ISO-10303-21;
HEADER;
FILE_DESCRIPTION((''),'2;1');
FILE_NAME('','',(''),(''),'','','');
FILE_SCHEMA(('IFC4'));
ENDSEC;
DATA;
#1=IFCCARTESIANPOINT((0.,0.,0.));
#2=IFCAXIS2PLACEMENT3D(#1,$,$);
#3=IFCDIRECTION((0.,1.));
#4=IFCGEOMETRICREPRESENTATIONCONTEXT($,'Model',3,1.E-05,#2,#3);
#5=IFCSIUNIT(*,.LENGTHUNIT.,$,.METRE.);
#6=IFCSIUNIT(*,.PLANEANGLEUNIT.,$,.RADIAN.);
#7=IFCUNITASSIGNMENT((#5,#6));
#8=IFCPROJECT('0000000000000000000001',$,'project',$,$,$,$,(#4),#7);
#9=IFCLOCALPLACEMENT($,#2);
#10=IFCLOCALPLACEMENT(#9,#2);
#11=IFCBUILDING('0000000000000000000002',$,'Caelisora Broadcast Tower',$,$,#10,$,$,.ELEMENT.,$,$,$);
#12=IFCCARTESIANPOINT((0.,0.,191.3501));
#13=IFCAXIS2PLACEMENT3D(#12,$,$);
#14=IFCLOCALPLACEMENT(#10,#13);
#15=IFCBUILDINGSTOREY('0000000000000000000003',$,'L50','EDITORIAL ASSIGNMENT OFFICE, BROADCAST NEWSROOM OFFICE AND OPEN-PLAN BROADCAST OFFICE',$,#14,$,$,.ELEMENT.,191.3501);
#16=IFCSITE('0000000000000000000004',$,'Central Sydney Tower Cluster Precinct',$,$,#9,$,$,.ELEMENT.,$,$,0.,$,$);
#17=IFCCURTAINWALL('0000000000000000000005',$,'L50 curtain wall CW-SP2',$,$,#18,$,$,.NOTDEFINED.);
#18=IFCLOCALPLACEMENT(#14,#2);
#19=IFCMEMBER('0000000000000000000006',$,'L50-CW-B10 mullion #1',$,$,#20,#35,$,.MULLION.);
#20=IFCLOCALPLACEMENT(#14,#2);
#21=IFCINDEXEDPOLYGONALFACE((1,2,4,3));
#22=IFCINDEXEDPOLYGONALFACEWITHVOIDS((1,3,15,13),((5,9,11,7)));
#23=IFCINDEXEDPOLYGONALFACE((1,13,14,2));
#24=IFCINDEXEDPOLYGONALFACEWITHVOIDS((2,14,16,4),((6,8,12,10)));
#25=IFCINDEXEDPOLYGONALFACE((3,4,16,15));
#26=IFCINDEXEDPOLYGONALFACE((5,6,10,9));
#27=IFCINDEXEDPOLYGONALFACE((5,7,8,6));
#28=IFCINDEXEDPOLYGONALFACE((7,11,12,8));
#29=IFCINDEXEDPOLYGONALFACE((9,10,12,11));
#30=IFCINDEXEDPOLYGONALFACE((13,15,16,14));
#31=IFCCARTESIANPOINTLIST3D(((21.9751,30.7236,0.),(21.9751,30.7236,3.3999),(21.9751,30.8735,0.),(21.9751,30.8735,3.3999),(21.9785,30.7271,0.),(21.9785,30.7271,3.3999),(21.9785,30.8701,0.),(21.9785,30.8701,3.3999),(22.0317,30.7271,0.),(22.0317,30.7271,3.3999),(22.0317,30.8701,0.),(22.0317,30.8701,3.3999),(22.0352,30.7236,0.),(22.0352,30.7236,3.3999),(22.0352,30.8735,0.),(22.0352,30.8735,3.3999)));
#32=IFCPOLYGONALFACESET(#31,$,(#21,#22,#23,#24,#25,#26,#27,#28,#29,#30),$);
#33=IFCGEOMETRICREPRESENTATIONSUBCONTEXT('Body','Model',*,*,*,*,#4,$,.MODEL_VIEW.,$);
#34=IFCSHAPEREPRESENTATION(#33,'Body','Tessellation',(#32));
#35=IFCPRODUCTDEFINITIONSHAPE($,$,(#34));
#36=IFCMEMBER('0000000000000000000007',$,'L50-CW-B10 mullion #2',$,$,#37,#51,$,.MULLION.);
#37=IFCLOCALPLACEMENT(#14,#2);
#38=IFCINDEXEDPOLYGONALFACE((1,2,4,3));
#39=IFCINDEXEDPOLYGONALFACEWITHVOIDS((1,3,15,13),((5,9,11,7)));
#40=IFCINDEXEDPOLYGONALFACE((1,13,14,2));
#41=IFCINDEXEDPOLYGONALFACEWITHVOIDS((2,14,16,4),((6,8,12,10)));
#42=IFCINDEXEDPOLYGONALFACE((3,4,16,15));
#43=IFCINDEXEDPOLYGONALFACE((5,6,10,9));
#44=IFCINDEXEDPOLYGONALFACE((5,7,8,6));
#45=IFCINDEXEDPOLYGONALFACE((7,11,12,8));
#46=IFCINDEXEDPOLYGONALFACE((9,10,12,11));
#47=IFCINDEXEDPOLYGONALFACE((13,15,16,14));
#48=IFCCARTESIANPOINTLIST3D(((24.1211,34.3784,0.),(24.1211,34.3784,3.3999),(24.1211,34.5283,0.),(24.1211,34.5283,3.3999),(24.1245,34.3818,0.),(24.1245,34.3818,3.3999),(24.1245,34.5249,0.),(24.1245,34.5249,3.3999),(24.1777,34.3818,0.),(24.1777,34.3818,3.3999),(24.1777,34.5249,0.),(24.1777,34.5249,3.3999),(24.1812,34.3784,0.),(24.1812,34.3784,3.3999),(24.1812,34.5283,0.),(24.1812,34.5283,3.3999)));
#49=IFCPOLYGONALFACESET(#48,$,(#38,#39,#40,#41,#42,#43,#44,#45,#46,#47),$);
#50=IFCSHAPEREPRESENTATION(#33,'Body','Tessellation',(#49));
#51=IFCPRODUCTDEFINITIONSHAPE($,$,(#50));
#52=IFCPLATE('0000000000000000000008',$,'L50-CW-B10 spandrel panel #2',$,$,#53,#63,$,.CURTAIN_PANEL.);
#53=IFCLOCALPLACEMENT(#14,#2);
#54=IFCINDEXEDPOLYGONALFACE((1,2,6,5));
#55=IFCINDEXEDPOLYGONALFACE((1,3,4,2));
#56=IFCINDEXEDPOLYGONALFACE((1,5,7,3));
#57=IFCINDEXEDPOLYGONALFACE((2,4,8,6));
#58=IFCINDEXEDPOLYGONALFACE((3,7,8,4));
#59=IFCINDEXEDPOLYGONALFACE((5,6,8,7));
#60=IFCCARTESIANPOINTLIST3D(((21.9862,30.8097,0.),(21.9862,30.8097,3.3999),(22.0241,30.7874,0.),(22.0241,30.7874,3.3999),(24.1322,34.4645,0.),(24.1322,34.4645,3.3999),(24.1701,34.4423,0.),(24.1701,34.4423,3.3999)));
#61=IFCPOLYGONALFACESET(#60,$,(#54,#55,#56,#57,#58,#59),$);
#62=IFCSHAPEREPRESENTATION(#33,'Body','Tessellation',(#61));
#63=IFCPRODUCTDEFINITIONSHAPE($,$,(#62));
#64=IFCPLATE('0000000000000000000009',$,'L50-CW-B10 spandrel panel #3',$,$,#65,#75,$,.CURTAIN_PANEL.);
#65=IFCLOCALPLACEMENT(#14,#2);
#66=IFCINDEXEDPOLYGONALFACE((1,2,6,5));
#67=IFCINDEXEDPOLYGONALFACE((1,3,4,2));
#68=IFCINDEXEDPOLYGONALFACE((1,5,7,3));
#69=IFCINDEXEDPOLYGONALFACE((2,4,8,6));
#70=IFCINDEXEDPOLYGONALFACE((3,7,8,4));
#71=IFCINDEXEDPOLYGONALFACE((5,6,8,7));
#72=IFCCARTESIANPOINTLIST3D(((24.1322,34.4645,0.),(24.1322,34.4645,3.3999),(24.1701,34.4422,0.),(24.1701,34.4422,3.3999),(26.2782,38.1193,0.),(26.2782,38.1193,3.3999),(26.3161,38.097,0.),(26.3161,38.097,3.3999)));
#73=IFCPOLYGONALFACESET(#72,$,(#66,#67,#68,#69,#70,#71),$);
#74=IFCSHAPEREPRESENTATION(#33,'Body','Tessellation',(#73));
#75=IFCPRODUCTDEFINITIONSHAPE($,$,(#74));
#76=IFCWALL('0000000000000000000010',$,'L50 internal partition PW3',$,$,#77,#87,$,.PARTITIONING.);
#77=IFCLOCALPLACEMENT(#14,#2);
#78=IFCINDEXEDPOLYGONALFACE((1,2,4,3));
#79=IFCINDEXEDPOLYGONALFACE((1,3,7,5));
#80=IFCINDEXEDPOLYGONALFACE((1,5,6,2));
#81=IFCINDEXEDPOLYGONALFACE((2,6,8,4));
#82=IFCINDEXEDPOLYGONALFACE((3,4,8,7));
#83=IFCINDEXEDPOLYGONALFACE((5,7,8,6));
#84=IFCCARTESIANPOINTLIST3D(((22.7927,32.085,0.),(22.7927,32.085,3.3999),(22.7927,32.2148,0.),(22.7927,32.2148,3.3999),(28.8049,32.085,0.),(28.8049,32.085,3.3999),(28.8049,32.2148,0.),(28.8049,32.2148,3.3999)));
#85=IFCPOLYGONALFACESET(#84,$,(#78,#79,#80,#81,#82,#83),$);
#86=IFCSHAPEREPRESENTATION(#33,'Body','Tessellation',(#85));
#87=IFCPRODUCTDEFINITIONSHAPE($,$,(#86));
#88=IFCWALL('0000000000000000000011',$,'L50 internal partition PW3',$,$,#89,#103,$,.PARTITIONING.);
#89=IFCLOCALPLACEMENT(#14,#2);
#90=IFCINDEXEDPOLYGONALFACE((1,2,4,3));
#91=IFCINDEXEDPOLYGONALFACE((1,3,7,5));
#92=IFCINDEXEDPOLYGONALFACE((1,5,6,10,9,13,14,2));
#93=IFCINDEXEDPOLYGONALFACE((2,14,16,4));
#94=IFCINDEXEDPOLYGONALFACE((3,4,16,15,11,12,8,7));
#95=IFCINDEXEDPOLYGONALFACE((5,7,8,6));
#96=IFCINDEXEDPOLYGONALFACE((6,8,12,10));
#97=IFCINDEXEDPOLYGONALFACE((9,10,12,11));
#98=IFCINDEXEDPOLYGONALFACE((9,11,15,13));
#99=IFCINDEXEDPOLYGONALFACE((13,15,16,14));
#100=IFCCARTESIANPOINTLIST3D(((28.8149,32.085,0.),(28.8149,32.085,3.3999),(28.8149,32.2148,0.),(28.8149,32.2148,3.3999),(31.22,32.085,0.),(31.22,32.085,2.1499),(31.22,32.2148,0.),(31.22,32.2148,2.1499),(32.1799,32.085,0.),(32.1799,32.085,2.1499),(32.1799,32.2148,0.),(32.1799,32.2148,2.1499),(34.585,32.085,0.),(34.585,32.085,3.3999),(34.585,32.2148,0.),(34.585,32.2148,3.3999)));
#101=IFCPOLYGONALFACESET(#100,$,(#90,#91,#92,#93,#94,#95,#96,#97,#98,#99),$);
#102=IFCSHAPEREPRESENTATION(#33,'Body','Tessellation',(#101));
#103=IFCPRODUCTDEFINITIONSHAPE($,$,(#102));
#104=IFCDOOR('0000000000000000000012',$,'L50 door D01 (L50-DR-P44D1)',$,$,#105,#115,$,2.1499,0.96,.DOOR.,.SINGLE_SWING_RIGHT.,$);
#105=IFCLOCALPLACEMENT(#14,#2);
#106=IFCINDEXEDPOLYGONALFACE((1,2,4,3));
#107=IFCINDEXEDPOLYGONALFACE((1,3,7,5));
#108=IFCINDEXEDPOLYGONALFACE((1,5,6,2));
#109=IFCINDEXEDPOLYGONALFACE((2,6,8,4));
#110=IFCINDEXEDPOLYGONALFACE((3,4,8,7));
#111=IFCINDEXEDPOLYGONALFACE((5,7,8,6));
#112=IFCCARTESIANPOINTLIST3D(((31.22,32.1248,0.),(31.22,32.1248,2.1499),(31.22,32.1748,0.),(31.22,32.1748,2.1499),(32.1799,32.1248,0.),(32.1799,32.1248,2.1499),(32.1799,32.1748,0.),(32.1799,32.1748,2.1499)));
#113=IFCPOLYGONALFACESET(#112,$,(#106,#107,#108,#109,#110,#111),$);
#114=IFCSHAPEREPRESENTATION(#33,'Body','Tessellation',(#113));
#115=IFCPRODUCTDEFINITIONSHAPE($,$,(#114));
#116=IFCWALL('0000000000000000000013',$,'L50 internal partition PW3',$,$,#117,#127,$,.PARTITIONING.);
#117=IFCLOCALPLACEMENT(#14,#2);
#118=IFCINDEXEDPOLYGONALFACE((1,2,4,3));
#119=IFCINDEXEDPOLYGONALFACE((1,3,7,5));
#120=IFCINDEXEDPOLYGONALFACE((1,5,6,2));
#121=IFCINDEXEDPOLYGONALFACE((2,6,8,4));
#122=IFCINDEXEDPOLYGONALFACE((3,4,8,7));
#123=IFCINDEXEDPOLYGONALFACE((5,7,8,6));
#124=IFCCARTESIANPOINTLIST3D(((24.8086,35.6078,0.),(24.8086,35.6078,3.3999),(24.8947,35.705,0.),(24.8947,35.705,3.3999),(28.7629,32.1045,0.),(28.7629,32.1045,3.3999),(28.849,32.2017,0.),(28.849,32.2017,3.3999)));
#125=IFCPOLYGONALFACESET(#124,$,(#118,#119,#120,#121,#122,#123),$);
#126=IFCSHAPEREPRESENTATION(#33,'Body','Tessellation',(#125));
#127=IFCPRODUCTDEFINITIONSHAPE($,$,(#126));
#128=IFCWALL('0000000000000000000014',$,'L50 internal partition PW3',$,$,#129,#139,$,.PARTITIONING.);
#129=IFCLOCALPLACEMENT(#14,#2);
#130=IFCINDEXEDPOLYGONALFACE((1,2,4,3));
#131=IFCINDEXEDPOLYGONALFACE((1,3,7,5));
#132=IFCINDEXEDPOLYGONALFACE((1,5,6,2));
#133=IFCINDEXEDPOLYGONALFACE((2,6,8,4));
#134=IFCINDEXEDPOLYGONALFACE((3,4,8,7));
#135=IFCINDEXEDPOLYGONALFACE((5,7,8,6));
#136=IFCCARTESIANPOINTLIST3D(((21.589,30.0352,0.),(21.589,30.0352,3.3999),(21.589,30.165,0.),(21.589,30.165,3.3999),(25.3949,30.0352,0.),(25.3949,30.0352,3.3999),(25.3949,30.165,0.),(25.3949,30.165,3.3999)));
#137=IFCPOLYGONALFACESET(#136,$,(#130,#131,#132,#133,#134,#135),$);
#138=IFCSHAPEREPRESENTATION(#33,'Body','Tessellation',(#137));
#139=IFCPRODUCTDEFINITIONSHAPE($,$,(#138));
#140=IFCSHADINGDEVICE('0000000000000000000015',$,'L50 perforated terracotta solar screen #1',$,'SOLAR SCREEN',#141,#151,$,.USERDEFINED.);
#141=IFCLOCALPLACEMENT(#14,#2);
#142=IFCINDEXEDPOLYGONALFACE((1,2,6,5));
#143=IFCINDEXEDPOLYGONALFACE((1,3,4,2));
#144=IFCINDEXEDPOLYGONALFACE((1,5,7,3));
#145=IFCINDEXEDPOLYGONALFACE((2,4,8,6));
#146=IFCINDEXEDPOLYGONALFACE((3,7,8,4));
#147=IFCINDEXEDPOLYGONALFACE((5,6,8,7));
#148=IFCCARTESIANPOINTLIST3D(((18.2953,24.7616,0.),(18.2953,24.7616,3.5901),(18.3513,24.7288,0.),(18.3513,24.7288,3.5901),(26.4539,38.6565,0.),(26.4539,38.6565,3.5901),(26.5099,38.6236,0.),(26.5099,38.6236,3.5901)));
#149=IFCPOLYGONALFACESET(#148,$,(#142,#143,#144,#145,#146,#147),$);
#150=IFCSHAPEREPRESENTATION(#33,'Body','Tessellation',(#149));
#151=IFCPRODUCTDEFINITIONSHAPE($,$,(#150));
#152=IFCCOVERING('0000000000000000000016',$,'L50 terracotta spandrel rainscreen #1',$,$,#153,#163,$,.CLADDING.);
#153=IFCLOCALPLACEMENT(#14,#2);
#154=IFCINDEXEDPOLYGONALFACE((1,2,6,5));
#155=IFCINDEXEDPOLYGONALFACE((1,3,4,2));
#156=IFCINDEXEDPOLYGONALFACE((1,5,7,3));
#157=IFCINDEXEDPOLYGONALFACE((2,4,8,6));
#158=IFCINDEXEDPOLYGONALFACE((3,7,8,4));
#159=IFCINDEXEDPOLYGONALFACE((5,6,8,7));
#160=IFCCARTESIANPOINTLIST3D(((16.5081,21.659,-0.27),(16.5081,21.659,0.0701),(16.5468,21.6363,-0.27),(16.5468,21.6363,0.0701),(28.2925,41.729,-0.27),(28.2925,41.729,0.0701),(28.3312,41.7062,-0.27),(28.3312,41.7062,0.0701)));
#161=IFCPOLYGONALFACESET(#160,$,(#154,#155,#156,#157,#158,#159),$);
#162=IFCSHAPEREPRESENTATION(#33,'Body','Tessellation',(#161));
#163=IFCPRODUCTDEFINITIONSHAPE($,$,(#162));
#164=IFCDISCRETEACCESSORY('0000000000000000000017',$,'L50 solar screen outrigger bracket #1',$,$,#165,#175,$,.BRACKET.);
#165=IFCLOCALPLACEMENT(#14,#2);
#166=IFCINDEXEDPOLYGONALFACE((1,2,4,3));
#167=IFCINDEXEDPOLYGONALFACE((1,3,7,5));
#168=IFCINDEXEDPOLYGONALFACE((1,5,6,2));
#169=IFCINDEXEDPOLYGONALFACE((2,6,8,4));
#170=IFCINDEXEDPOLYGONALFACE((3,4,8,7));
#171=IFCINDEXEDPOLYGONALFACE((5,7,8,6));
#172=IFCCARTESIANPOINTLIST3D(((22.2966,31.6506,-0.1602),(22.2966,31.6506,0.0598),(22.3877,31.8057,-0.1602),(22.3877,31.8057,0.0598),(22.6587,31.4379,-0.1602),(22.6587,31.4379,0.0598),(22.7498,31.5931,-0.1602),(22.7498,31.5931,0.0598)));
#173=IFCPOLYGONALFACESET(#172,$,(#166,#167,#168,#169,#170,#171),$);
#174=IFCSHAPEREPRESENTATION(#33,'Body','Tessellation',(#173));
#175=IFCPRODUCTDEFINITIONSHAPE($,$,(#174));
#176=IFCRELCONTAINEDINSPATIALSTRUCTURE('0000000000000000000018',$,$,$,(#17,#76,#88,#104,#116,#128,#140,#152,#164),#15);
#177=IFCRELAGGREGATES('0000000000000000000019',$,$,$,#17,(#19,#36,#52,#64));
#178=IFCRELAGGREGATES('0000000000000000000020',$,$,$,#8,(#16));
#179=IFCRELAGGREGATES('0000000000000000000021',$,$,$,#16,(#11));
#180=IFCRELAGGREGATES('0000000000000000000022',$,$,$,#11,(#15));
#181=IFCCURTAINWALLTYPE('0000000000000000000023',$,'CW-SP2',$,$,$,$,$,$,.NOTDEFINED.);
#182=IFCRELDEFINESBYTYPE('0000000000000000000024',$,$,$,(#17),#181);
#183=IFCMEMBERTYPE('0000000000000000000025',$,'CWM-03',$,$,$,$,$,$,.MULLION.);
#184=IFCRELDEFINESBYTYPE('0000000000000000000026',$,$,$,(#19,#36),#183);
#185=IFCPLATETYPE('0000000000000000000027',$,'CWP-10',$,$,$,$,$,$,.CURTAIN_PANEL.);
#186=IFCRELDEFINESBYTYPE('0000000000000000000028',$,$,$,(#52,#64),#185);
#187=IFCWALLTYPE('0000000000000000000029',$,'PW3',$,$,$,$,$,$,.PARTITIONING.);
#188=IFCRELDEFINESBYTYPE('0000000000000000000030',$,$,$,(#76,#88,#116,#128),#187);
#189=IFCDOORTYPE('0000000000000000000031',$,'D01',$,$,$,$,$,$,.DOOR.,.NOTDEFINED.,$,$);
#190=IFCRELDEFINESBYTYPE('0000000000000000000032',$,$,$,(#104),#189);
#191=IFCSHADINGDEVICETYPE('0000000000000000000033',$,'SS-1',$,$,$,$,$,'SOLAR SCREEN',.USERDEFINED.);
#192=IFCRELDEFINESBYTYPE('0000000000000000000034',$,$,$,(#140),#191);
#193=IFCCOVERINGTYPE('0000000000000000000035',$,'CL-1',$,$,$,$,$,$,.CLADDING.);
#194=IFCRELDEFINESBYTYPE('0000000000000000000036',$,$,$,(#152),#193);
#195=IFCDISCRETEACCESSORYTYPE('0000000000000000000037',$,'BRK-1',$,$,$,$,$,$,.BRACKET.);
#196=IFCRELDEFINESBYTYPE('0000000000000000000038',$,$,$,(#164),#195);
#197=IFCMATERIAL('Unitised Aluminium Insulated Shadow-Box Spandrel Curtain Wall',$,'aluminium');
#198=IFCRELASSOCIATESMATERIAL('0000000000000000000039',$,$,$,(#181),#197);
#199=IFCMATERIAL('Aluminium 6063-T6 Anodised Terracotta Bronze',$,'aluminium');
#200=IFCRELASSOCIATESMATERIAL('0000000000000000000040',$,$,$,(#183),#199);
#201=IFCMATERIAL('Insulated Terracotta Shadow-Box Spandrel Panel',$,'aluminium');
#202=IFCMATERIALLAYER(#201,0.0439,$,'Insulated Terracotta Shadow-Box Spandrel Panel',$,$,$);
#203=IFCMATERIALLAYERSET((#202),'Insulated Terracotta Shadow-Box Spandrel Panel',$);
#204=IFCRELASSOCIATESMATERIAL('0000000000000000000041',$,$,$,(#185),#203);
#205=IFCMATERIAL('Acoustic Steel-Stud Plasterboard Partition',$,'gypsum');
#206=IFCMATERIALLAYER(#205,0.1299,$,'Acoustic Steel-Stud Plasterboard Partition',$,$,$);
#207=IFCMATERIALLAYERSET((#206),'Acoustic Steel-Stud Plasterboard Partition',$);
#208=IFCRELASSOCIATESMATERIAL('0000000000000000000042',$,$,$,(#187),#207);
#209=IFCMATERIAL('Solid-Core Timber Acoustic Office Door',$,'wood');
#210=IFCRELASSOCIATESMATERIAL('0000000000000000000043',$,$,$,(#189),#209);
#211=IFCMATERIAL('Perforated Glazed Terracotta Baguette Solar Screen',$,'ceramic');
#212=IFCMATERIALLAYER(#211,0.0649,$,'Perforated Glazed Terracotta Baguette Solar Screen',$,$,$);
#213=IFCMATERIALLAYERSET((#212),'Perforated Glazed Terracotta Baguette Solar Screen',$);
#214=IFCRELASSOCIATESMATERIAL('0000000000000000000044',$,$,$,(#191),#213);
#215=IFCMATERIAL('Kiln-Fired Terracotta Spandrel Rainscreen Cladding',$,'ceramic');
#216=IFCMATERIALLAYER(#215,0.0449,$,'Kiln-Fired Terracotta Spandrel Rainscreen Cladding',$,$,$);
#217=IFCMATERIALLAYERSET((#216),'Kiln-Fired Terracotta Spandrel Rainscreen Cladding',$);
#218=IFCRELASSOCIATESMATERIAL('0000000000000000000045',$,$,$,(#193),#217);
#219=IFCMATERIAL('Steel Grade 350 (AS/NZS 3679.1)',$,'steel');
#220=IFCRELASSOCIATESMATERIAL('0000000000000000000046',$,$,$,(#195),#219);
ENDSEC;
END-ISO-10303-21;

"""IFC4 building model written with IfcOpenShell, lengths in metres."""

from ifc_helpers import new_model, si_unit, direction, frame, frame_2d, origin, origin_2d, place, context, subcontext, project, spatial, rectangle, hollow_rectangle, extrude, source, transform, mapped, material, layer, layer_set, material_profile, profile_set, type_object, type_shapes, element, fill, aggregate, save


model = new_model("IFC4")

# Units and contexts
model_context = context("Model", 3, precision=1e-05, world=origin(), true_north=direction((0.0, 1.0)))
body_context = subcontext(model_context, "Body", "Model", "MODEL_VIEW")
ifc_project = project(units=[si_unit("LENGTHUNIT", "METRE"), si_unit("PLANEANGLEUNIT", "RADIAN")], contexts=[model_context])

# Site, building, storey
site_placement = place(None, origin())
site = spatial("IfcSite", under=ifc_project, at=site_placement, Name="Central Sydney Tower Cluster Precinct", CompositionType="ELEMENT", RefElevation=0.0)
building_placement = place(site_placement, origin())
building = spatial("IfcBuilding", under=site, at=building_placement, Name="Caelisora Broadcast Tower", CompositionType="ELEMENT")
storey_placement = place(building_placement, frame((0.0, 0.0, 191.3501)))
storey = spatial("IfcBuildingStorey", under=building, at=storey_placement, Name="L50", Description="EDITORIAL ASSIGNMENT OFFICE, BROADCAST NEWSROOM OFFICE AND OPEN-PLAN BROADCAST OFFICE", CompositionType="ELEMENT", Elevation=191.3501)

# Shared definitions
ifc_material_1 = material(Name="Steel Grade 350 (AS/NZS 3679.1)", Category="steel")

# Curtain wall, members, plates
ifc_material_2 = material(Name="Unitised Aluminium Insulated Shadow-Box Spandrel Curtain Wall", Category="aluminium")
curtain_wall_type = type_object("IfcCurtainWallType", Name="CW-SP2", PredefinedType="NOTDEFINED", material=ifc_material_2)
curtain_wall_placement = place(storey_placement, origin())
curtain_wall = element("IfcCurtainWall", 1, at=curtain_wall_placement, inside=storey, type_object=curtain_wall_type, Name="L50 curtain wall CW-SP2", PredefinedType="NOTDEFINED")
ifc_material_3 = material(Name="Aluminium 6063-T6 Anodised Terracotta Bronze", Category="aluminium")
ifc_material_profile_1 = material_profile(ifc_material_3, hollow_rectangle(XDim=0.0601, YDim=0.1499, WallThickness=0.0034, at=origin_2d()), Name="Aluminium 6063-T6 Anodised Terracotta Bronze")
ifc_profile_set_1 = profile_set([ifc_material_profile_1], Name="Aluminium 6063-T6 Anodised Terracotta Bronze")
member_type_1 = type_object("IfcMemberType", Name="CWM-03", PredefinedType="MULLION", material=ifc_profile_set_1)
shared_shape_1 = source(origin(), body_context, "Body", "SweptSolid", [
    extrude(hollow_rectangle(XDim=0.0601, YDim=0.1499, WallThickness=0.0034, at=origin_2d()), origin(), (0.0, 0.0, 1.0), 3.3999),
])
type_shapes(member_type_1, [shared_shape_1])
member_1_placement = place(storey_placement, frame((22.0051, 30.7986, 0.0), z_axis=(0.0, 0.0, 1.0), x_axis=(1.0, 0.0, 0.0)))
member_1 = element("IfcMember", 2, at=member_1_placement, type_object=member_type_1, Name="L50-CW-B10 mullion #1", PredefinedType="MULLION", context=body_context, shape_type="MappedRepresentation", body=[
    mapped(shared_shape_1, transform((0.0, 0.0, 0.0), scale=1.0)),
])
member_2_placement = place(storey_placement, frame((24.1511, 34.4534, 0.0), z_axis=(0.0, 0.0, 1.0), x_axis=(1.0, 0.0, 0.0)))
member_2 = element("IfcMember", 3, at=member_2_placement, type_object=member_type_1, Name="L50-CW-B10 mullion #2", PredefinedType="MULLION", context=body_context, shape_type="MappedRepresentation", body=[
    mapped(shared_shape_1, transform((0.0, 0.0, 0.0), scale=1.0)),
])
ifc_material_4 = material(Name="Insulated Terracotta Shadow-Box Spandrel Panel", Category="aluminium")
ifc_layer_1 = layer(ifc_material_4, 0.0439, Name="Insulated Terracotta Shadow-Box Spandrel Panel")
ifc_layer_set_1 = layer_set([ifc_layer_1], Name="Insulated Terracotta Shadow-Box Spandrel Panel")
plate_type = type_object("IfcPlateType", Name="CWP-10", PredefinedType="CURTAIN_PANEL", material=ifc_layer_set_1)
shared_shape_2 = source(origin(), body_context, "Body", "SweptSolid", [
    extrude(rectangle(XDim=4.2383, YDim=0.0439, at=origin_2d()), origin(), (0.0, 0.0, 1.0), 3.3999),
])
type_shapes(plate_type, [shared_shape_2])
plate_1_placement = place(storey_placement, frame((23.0781, 32.626, 0.0), z_axis=(0.0, 0.0, 1.0), x_axis=(0.506335, 0.862337, 0.0)))
plate_1 = element("IfcPlate", 4, at=plate_1_placement, type_object=plate_type, Name="L50-CW-B10 spandrel panel #2", PredefinedType="CURTAIN_PANEL", context=body_context, shape_type="MappedRepresentation", body=[
    mapped(shared_shape_2, transform((0.0, 0.0, 0.0), scale=1.0)),
])
plate_2_placement = place(storey_placement, frame((25.2241, 36.2808, 0.0), z_axis=(0.0, 0.0, 1.0), x_axis=(0.506335, 0.862337, 0.0)))
plate_2 = element("IfcPlate", 5, at=plate_2_placement, type_object=plate_type, Name="L50-CW-B10 spandrel panel #3", PredefinedType="CURTAIN_PANEL", context=body_context, shape_type="MappedRepresentation", body=[
    mapped(shared_shape_2, transform((0.0, 0.0, 0.0), scale=1.0)),
])
aggregate(curtain_wall, [member_1, member_2, plate_1, plate_2])

# Wall
ifc_material_5 = material(Name="Acoustic Steel-Stud Plasterboard Partition", Category="gypsum")
ifc_layer_2 = layer(ifc_material_5, 0.1299, Name="Acoustic Steel-Stud Plasterboard Partition")
ifc_layer_set_2 = layer_set([ifc_layer_2], Name="Acoustic Steel-Stud Plasterboard Partition")
wall_type = type_object("IfcWallType", Name="PW3", PredefinedType="PARTITIONING", material=ifc_layer_set_2)
wall_1_placement = place(storey_placement, frame((28.8049, 32.1499, 0.0), z_axis=(0.0, 0.0, 1.0), x_axis=(-1.0, 0.0, 0.0)))
element("IfcWall", 6, at=wall_1_placement, inside=storey, type_object=wall_type, Name="L50 internal partition PW3", PredefinedType="PARTITIONING", context=body_context, shape_type="SweptSolid", body=[
    extrude(rectangle(XDim=6.0122, YDim=0.1299, at=frame_2d((3.0061, 0.0))), origin(), (0.0, 0.0, 1.0), 3.3999),
])

# Wall, opening, door
wall_2_placement = place(storey_placement, frame((28.8149, 32.1499, 0.0), z_axis=(0.0, 0.0, 1.0), x_axis=(1.0, 0.0, 0.0)))
wall_2 = element("IfcWall", 7, at=wall_2_placement, inside=storey, type_object=wall_type, Name="L50 internal partition PW3", PredefinedType="PARTITIONING", context=body_context, shape_type="SweptSolid", body=[
    extrude(rectangle(XDim=5.77, YDim=0.1299, at=frame_2d((2.885, 0.0))), origin(), (0.0, 0.0, 1.0), 3.3999),
])
opening_1_placement = place(wall_2_placement, frame((2.405, 0.0, 0.0)))
opening_1 = element("IfcOpeningElement", 8, at=opening_1_placement, cuts=wall_2, PredefinedType="OPENING", context=body_context, shape_type="SweptSolid", body=[
    extrude(rectangle(XDim=0.96, YDim=2.1499, at=frame_2d((0.48, 1.075))), frame((0.0, 0.0769, 0.0), z_axis=(0.0, -1.0, 0.0), x_axis=(1.0, 0.0, 0.0)), (0.0, 0.0, 1.0), 0.1538),
])
ifc_material_6 = material(Name="Solid-Core Timber Acoustic Office Door", Category="wood")
door_type = type_object("IfcDoorType", Name="D01", OperationType="NOTDEFINED", PredefinedType="DOOR", material=ifc_material_6)
door_1_placement = place(opening_1_placement, origin())
door_1 = element("IfcDoor", 9, at=door_1_placement, inside=storey, type_object=door_type, Name="L50 door D01 (L50-DR-P44D1)", OperationType="SINGLE_SWING_RIGHT", OverallHeight=2.1499, OverallWidth=0.96, PredefinedType="DOOR", context=body_context, shape_type="SweptSolid", body=[
    extrude(rectangle(XDim=0.96, YDim=2.1499, at=frame_2d((0.48, 1.075))), frame((0.0, 0.0249, 0.0), z_axis=(0.0, -1.0, 0.0), x_axis=(1.0, 0.0, 0.0)), (0.0, 0.0, 1.0), 0.05),
])
fill(opening_1, door_1)

# Walls
wall_3_placement = place(storey_placement, frame((24.8516, 35.6565, 0.0), z_axis=(0.0, 0.0, 1.0), x_axis=(0.748494, -0.663141, 0.0)))
element("IfcWall", 10, at=wall_3_placement, inside=storey, type_object=wall_type, Name="L50 internal partition PW3", PredefinedType="PARTITIONING", context=body_context, shape_type="SweptSolid", body=[
    extrude(rectangle(XDim=5.283, YDim=0.1299, at=frame_2d((2.6416, 0.0))), origin(), (0.0, 0.0, 1.0), 3.3999),
])
wall_4_placement = place(storey_placement, frame((21.5891, 30.1001, 0.0), z_axis=(0.0, 0.0, 1.0), x_axis=(1.0, 0.0, 0.0)))
element("IfcWall", 11, at=wall_4_placement, inside=storey, type_object=wall_type, Name="L50 internal partition PW3", PredefinedType="PARTITIONING", context=body_context, shape_type="SweptSolid", body=[
    extrude(rectangle(XDim=3.8059, YDim=0.1299, at=frame_2d((1.9028, 0.0))), origin(), (0.0, 0.0, 1.0), 3.3999),
])

# Shading device
ifc_material_7 = material(Name="Perforated Glazed Terracotta Baguette Solar Screen", Category="ceramic")
ifc_layer_3 = layer(ifc_material_7, 0.0649, Name="Perforated Glazed Terracotta Baguette Solar Screen")
ifc_layer_set_3 = layer_set([ifc_layer_3], Name="Perforated Glazed Terracotta Baguette Solar Screen")
shading_device_type = type_object("IfcShadingDeviceType", Name="SS-1", ElementType="SOLAR SCREEN", PredefinedType="USERDEFINED", material=ifc_layer_set_3)
shared_shape_3 = source(origin(), body_context, "Body", "SweptSolid", [
    extrude(rectangle(XDim=16.113, YDim=0.0649, at=origin_2d()), origin(), (0.0, 0.0, 1.0), 3.5901),
])
type_shapes(shading_device_type, [shared_shape_3])
shading_device_placement = place(storey_placement, frame((22.4026, 31.6926, 0.0), z_axis=(0.0, 0.0, 1.0), x_axis=(-0.506335, -0.862337, 0.0)))
element("IfcShadingDevice", 12, at=shading_device_placement, inside=storey, type_object=shading_device_type, Name="L50 perforated terracotta solar screen #1", ObjectType="SOLAR SCREEN", PredefinedType="USERDEFINED", context=body_context, shape_type="MappedRepresentation", body=[
    mapped(shared_shape_3, transform((0.0, 0.0, 0.0), scale=1.0)),
])

# Covering
ifc_material_8 = material(Name="Kiln-Fired Terracotta Spandrel Rainscreen Cladding", Category="ceramic")
ifc_layer_4 = layer(ifc_material_8, 0.0449, Name="Kiln-Fired Terracotta Spandrel Rainscreen Cladding")
ifc_layer_set_4 = layer_set([ifc_layer_4], Name="Kiln-Fired Terracotta Spandrel Rainscreen Cladding")
covering_type = type_object("IfcCoveringType", Name="CL-1", PredefinedType="CLADDING", material=ifc_layer_set_4)
shared_shape_4 = source(origin(), body_context, "Body", "SweptSolid", [
    extrude(rectangle(XDim=23.2739, YDim=0.0449, at=origin_2d()), origin(), (0.0, 0.0, 1.0), 0.3401),
])
type_shapes(covering_type, [shared_shape_4])
covering_placement = place(storey_placement, frame((22.4197, 31.6826, -0.27), z_axis=(0.0, 0.0, 1.0), x_axis=(-0.506335, -0.862337, 0.0)))
element("IfcCovering", 13, at=covering_placement, inside=storey, type_object=covering_type, Name="L50 terracotta spandrel rainscreen #1", PredefinedType="CLADDING", context=body_context, shape_type="MappedRepresentation", body=[
    mapped(shared_shape_4, transform((0.0, 0.0, 0.0), scale=1.0)),
])

# Discrete accessory
discrete_accessory_type = type_object("IfcDiscreteAccessoryType", Name="BRK-1", PredefinedType="BRACKET", material=ifc_material_1)
shared_shape_5 = source(origin(), body_context, "Body", "SweptSolid", [
    extrude(rectangle(XDim=0.1799, YDim=0.4199, at=origin_2d()), origin(), (0.0, 0.0, 1.0), 0.22),
])
type_shapes(discrete_accessory_type, [shared_shape_5])
discrete_accessory_placement = place(storey_placement, frame((22.5232, 31.6218, -0.1602), z_axis=(0.0, 0.0, 1.0), x_axis=(-0.506335, -0.862337, 0.0)))
element("IfcDiscreteAccessory", 14, at=discrete_accessory_placement, inside=storey, type_object=discrete_accessory_type, Name="L50 solar screen outrigger bracket #1", PredefinedType="BRACKET", context=body_context, shape_type="MappedRepresentation", body=[
    mapped(shared_shape_5, transform((0.0, 0.0, 0.0), scale=1.0)),
])

save(model, "model.ifc")
